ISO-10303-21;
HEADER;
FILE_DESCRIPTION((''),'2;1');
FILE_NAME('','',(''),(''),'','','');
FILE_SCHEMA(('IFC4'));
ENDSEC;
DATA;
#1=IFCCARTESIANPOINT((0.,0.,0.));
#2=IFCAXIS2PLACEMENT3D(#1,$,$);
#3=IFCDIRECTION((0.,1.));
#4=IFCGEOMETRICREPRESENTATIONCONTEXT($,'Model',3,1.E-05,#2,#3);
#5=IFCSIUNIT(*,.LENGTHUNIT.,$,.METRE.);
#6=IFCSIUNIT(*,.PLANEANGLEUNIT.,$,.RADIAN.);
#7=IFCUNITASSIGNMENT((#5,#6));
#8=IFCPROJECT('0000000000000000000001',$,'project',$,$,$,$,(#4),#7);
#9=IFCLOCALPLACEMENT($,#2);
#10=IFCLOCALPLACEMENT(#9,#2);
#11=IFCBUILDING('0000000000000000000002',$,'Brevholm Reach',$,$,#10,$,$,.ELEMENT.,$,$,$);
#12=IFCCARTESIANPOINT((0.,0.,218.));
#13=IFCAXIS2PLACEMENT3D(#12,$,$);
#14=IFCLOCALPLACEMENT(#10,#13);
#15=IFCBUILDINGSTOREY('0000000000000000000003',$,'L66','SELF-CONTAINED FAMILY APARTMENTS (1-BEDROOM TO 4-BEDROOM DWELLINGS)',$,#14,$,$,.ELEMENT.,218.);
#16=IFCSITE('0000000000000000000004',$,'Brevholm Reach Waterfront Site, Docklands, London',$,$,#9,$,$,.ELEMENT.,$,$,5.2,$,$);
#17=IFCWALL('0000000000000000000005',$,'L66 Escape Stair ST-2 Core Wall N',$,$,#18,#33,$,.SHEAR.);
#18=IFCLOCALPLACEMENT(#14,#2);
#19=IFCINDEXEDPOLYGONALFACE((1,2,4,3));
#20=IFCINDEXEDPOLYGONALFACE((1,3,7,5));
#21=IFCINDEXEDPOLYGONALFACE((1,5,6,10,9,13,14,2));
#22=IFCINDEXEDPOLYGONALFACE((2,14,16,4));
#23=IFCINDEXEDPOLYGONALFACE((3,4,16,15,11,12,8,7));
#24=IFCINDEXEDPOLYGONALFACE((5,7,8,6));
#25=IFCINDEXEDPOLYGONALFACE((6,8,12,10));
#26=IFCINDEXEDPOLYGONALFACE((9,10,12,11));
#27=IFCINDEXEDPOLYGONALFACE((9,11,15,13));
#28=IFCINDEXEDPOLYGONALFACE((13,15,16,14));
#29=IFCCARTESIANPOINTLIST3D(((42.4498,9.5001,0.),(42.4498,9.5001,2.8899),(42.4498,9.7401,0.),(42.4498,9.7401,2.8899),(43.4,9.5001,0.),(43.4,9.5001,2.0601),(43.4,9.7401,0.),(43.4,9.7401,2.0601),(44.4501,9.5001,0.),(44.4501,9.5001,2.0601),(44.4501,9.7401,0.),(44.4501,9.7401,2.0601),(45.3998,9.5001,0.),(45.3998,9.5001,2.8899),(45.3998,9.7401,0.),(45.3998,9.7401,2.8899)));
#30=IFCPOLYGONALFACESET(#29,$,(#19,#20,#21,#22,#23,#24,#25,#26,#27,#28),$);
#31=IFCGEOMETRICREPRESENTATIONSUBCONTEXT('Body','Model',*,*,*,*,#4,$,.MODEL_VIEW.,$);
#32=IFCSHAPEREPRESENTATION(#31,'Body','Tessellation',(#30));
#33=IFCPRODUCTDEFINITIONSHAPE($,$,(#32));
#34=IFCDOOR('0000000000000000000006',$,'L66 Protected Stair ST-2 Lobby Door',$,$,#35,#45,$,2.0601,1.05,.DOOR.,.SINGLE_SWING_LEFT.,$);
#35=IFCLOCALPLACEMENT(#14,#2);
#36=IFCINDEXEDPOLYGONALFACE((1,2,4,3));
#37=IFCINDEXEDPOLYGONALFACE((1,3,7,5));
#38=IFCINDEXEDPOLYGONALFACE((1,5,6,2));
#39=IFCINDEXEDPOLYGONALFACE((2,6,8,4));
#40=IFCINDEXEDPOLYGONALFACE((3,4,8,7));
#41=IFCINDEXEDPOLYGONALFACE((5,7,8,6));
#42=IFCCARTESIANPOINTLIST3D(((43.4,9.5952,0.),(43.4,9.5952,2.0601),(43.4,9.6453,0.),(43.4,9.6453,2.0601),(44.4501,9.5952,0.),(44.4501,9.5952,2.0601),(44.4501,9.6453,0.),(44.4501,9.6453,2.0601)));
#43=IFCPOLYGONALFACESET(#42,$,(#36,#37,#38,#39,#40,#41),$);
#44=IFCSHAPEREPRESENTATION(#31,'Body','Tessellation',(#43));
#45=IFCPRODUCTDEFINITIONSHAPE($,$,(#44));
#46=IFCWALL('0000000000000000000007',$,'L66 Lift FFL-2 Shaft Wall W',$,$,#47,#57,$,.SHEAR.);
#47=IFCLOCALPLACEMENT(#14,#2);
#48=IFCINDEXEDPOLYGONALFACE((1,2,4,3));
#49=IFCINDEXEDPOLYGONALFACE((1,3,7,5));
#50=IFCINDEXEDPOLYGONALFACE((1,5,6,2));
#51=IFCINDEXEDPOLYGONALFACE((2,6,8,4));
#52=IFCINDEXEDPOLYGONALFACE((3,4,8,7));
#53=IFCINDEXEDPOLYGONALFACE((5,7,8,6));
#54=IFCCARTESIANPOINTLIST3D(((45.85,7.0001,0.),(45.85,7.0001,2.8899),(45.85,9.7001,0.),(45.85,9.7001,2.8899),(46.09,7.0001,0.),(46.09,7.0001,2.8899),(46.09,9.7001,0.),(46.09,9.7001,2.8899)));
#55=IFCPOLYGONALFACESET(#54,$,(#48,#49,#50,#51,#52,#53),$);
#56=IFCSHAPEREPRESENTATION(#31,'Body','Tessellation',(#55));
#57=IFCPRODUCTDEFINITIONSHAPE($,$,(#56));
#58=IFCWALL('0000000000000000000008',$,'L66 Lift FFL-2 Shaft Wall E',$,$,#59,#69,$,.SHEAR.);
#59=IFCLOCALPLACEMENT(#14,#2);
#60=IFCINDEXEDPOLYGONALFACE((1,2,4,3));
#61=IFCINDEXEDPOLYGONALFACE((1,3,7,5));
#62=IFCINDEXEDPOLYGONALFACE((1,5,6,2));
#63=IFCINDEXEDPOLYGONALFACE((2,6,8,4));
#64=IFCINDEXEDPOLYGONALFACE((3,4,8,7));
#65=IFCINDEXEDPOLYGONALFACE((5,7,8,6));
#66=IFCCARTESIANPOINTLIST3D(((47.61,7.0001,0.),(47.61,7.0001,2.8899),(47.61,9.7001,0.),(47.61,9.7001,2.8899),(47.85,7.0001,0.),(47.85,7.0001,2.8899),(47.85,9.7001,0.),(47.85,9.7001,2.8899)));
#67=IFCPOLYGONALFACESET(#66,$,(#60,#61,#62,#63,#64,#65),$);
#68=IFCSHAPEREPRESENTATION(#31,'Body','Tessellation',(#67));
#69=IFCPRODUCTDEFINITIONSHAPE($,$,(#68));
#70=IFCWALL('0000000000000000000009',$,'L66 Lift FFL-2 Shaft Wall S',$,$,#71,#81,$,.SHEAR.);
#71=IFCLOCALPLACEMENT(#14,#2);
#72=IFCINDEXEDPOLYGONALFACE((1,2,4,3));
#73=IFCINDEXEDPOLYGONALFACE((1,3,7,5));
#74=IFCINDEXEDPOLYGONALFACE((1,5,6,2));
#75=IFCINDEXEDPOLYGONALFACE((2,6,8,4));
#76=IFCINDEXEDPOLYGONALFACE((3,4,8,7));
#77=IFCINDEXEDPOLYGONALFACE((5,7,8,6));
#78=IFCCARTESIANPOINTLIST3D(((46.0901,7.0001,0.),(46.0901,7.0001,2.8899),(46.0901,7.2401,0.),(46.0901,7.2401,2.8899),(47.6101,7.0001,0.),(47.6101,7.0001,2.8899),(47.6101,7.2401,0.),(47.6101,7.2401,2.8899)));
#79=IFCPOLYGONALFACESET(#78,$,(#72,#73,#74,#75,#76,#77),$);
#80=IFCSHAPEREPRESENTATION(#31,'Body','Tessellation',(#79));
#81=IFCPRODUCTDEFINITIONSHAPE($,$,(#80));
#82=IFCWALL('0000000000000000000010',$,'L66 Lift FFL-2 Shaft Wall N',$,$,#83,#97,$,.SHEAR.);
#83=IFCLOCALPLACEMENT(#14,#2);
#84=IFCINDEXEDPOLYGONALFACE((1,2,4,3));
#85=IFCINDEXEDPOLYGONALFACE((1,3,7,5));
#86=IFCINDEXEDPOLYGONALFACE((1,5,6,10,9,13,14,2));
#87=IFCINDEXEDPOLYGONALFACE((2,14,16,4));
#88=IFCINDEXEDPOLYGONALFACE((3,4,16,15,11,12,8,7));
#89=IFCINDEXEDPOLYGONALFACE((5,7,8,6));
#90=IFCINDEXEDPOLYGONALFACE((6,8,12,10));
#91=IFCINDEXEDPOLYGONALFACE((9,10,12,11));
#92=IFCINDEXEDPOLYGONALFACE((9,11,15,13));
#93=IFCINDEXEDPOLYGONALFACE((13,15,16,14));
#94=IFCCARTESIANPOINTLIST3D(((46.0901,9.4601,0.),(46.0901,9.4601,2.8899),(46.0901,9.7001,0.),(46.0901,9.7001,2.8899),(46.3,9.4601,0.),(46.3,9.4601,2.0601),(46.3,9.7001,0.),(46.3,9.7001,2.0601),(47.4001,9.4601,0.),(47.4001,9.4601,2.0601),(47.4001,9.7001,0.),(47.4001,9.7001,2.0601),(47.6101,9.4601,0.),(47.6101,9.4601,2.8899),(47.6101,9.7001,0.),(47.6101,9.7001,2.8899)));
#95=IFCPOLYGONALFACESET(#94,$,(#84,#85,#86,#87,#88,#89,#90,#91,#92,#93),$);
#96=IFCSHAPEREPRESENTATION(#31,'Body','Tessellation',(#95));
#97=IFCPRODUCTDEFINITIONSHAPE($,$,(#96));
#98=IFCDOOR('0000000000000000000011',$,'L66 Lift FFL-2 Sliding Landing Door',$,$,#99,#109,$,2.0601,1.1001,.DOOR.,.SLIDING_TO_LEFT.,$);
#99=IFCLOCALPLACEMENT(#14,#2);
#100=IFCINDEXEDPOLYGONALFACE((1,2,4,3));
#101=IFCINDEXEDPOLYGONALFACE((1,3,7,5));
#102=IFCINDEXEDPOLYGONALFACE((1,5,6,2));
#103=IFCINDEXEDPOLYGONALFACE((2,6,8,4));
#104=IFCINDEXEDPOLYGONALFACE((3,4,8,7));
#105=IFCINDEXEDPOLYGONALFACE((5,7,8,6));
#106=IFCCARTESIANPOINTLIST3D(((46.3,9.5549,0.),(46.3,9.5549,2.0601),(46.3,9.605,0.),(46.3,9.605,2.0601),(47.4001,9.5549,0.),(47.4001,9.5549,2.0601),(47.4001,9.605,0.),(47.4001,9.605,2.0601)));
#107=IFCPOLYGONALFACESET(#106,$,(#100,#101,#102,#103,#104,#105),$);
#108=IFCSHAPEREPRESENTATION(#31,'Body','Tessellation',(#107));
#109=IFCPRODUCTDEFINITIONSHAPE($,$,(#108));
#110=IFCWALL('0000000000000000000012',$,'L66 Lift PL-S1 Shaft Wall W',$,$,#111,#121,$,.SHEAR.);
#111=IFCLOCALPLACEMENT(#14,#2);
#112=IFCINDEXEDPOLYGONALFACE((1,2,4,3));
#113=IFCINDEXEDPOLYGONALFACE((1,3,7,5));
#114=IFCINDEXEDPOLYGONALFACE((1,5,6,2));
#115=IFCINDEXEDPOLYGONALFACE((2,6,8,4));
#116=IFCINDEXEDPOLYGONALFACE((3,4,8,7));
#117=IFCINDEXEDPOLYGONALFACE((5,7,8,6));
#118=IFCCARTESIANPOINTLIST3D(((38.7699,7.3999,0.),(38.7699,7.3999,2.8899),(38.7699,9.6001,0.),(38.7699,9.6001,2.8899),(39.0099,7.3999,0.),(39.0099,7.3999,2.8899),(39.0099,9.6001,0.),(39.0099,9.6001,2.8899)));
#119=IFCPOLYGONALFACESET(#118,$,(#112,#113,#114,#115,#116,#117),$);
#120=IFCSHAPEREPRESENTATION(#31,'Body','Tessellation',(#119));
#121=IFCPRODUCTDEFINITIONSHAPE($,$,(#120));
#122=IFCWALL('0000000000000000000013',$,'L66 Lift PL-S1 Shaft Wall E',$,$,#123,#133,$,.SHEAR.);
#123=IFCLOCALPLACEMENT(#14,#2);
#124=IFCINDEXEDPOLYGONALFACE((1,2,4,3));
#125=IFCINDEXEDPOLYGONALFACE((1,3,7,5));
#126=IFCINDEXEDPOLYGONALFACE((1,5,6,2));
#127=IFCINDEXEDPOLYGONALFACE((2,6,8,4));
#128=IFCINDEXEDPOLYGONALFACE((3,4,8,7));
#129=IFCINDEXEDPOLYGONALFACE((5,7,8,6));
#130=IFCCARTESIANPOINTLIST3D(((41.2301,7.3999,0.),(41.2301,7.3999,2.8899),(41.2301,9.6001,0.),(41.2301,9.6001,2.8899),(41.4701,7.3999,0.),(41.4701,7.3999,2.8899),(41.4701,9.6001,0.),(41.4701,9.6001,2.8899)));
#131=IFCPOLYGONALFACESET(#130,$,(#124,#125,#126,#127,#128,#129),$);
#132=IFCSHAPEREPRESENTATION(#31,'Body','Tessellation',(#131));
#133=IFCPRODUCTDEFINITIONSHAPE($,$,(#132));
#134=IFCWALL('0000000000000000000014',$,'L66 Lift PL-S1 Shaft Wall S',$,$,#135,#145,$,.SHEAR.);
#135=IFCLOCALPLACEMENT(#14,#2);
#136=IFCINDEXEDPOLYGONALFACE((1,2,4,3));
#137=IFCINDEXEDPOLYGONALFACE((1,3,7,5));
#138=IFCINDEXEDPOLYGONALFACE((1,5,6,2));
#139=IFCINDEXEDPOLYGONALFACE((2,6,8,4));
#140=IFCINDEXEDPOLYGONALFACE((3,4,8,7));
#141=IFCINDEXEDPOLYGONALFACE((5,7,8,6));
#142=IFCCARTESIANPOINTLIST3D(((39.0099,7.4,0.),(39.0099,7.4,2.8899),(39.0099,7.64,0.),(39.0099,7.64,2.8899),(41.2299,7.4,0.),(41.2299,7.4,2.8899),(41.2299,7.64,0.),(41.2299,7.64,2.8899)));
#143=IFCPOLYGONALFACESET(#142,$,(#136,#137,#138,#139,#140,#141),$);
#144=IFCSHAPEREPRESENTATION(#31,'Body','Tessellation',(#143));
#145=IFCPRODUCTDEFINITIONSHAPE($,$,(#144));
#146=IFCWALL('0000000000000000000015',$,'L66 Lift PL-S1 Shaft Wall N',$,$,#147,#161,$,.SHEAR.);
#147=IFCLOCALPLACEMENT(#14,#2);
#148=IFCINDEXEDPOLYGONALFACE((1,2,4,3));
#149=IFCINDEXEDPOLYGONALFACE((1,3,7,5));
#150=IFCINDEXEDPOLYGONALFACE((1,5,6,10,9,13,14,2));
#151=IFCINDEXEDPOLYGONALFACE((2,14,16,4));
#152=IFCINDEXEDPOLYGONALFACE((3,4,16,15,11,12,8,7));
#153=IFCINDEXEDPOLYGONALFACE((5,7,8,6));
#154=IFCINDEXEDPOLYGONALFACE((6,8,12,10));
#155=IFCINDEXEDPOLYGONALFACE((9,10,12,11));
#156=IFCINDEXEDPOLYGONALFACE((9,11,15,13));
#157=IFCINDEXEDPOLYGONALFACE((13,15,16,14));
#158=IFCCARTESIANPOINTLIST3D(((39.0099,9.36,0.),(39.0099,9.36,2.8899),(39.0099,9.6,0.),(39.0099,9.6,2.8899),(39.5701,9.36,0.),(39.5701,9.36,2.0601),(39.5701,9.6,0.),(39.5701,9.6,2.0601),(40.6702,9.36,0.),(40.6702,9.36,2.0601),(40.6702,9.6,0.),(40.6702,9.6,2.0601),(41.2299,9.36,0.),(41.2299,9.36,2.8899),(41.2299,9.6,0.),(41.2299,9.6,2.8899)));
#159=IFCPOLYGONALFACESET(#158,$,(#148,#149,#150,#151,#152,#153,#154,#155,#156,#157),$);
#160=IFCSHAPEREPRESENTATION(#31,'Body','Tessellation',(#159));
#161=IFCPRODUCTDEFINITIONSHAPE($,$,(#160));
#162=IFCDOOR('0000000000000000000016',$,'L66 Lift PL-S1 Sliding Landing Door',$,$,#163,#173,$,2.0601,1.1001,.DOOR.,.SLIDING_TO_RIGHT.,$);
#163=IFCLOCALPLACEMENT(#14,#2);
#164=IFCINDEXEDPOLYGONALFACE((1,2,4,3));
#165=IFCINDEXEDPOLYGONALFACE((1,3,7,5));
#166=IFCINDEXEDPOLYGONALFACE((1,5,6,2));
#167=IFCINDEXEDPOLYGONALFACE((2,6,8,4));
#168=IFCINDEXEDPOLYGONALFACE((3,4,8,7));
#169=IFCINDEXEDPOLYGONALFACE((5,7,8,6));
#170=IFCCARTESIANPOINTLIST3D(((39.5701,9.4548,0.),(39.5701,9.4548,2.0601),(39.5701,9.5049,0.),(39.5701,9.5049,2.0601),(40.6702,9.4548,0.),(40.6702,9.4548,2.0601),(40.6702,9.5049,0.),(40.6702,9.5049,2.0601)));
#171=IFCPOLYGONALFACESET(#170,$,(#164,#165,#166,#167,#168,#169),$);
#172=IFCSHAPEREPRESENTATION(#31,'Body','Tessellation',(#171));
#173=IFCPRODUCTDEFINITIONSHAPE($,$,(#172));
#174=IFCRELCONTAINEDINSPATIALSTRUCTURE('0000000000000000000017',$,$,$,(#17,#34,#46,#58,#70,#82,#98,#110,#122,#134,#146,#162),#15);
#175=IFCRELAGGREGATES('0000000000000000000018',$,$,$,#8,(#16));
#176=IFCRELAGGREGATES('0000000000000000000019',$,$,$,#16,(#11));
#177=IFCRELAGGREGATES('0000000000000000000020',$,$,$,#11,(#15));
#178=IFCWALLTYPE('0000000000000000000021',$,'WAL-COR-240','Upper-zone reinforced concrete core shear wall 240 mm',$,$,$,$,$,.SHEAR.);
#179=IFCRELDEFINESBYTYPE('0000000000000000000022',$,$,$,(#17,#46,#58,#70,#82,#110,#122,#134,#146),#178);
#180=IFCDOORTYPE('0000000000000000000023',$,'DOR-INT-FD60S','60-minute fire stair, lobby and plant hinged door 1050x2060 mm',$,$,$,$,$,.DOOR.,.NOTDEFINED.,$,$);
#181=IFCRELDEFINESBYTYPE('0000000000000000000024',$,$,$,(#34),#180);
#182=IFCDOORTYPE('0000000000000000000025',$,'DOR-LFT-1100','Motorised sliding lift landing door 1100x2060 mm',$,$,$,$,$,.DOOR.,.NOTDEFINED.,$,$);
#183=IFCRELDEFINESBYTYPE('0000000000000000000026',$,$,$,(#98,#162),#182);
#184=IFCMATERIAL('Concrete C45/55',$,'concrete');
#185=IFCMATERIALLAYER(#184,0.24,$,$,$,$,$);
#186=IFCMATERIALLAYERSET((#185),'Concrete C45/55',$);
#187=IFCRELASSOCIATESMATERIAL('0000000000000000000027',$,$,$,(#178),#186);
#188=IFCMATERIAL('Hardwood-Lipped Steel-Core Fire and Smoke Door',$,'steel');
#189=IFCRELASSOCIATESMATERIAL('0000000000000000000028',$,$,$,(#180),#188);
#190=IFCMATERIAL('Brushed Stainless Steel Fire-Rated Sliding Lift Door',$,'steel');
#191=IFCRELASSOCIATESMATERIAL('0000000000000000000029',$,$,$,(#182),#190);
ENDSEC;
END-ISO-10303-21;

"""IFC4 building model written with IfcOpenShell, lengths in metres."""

from ifc_helpers import new_model, si_unit, direction, frame, frame_2d, origin, place, context, subcontext, project, spatial, rectangle, extrude, material, layer, layer_set, type_object, element, fill, save


model = new_model("IFC4")

# Units and contexts
model_context = context("Model", 3, precision=1e-05, world=origin(), true_north=direction((0.0, 1.0)))
body_context = subcontext(model_context, "Body", "Model", "MODEL_VIEW")
ifc_project = project(units=[si_unit("LENGTHUNIT", "METRE"), si_unit("PLANEANGLEUNIT", "RADIAN")], contexts=[model_context])

# Site, building, storey
site_placement = place(None, origin())
site = spatial("IfcSite", under=ifc_project, at=site_placement, Name="Brevholm Reach Waterfront Site, Docklands, London", CompositionType="ELEMENT", RefElevation=5.2)
building_placement = place(site_placement, origin())
building = spatial("IfcBuilding", under=site, at=building_placement, Name="Brevholm Reach", CompositionType="ELEMENT")
storey_placement = place(building_placement, frame((0.0, 0.0, 218.0)))
storey = spatial("IfcBuildingStorey", under=building, at=storey_placement, Name="L66", Description="SELF-CONTAINED FAMILY APARTMENTS (1-BEDROOM TO 4-BEDROOM DWELLINGS)", CompositionType="ELEMENT", Elevation=218.0)

# Shared definitions
ifc_material_1 = material(Name="Concrete C45/55", Category="concrete")
ifc_layer_1 = layer(ifc_material_1, 0.24)
ifc_layer_set_1 = layer_set([ifc_layer_1], Name="Concrete C45/55")
wall_type_1 = type_object("IfcWallType", Name="WAL-COR-240", Description="Upper-zone reinforced concrete core shear wall 240 mm", PredefinedType="SHEAR", material=ifc_layer_set_1)

# Wall, opening, door
wall_1_placement = place(storey_placement, frame((45.3999, 9.6201, 0.0), z_axis=(0.0, 0.0, 1.0), x_axis=(-1.0, 0.0, 0.0)))
wall_1 = element("IfcWall", 1, at=wall_1_placement, inside=storey, type_object=wall_type_1, Name="L66 Escape Stair ST-2 Core Wall N", PredefinedType="SHEAR", context=body_context, shape_type="SweptSolid", body=[
    extrude(rectangle(XDim=2.95, YDim=0.24, at=frame_2d((1.4751, 0.0))), origin(), (0.0, 0.0, 1.0), 2.8899),
])
opening_1_placement = place(wall_1_placement, frame((0.95, 0.0, 0.0)))
opening_1 = element("IfcOpeningElement", 2, at=opening_1_placement, cuts=wall_1, PredefinedType="OPENING", context=body_context, shape_type="SweptSolid", body=[
    extrude(rectangle(XDim=1.05, YDim=2.0601, at=frame_2d((0.5249, 1.03))), frame((0.0, 0.1299, 0.0), z_axis=(0.0, -1.0, 0.0), x_axis=(1.0, 0.0, 0.0)), (0.0, 0.0, 1.0), 0.26),
])
ifc_material_2 = material(Name="Hardwood-Lipped Steel-Core Fire and Smoke Door", Category="steel")
door_type_1 = type_object("IfcDoorType", Name="DOR-INT-FD60S", Description="60-minute fire stair, lobby and plant hinged door 1050x2060 mm", OperationType="NOTDEFINED", PredefinedType="DOOR", material=ifc_material_2)
door_1_placement = place(opening_1_placement, origin())
door_1 = element("IfcDoor", 3, at=door_1_placement, inside=storey, type_object=door_type_1, Name="L66 Protected Stair ST-2 Lobby Door", OperationType="SINGLE_SWING_LEFT", OverallHeight=2.0601, OverallWidth=1.05, PredefinedType="DOOR", context=body_context, shape_type="SweptSolid", body=[
    extrude(rectangle(XDim=1.05, YDim=2.0601, at=frame_2d((0.5249, 1.03))), frame((0.0, 0.0249, 0.0), z_axis=(0.0, -1.0, 0.0), x_axis=(1.0, 0.0, 0.0)), (0.0, 0.0, 1.0), 0.05),
])
fill(opening_1, door_1)

# Walls
for number, where, z_axis, x_axis, name in (
    (4, (45.97, 7.0, 0.0), (0.0, 0.0, 1.0), (0.0, 1.0, 0.0), "L66 Lift FFL-2 Shaft Wall W"),
    (5, (47.73, 7.0, 0.0), (0.0, 0.0, 1.0), (0.0, 1.0, 0.0), "L66 Lift FFL-2 Shaft Wall E"),
):
    element("IfcWall", number, at=place(storey_placement, frame(where, z_axis=z_axis, x_axis=x_axis)), inside=storey, type_object=wall_type_1, Name=name, PredefinedType="SHEAR", context=body_context, shape_type="SweptSolid", body=[
        extrude(rectangle(XDim=2.7, YDim=0.24, at=frame_2d((1.3501, 0.0))), origin(), (0.0, 0.0, 1.0), 2.8899),
    ])
wall_2_placement = place(storey_placement, frame((46.0901, 7.1201, 0.0), z_axis=(0.0, 0.0, 1.0), x_axis=(1.0, 0.0, 0.0)))
element("IfcWall", 6, at=wall_2_placement, inside=storey, type_object=wall_type_1, Name="L66 Lift FFL-2 Shaft Wall S", PredefinedType="SHEAR", context=body_context, shape_type="SweptSolid", body=[
    extrude(rectangle(XDim=1.52, YDim=0.24, at=frame_2d((0.76, 0.0))), origin(), (0.0, 0.0, 1.0), 2.8899),
])

# Wall, opening, door
wall_3_placement = place(storey_placement, frame((46.0901, 9.5801, 0.0), z_axis=(0.0, 0.0, 1.0), x_axis=(1.0, 0.0, 0.0)))
wall_3 = element("IfcWall", 7, at=wall_3_placement, inside=storey, type_object=wall_type_1, Name="L66 Lift FFL-2 Shaft Wall N", PredefinedType="SHEAR", context=body_context, shape_type="SweptSolid", body=[
    extrude(rectangle(XDim=1.52, YDim=0.24, at=frame_2d((0.76, 0.0))), origin(), (0.0, 0.0, 1.0), 2.8899),
])
opening_2_placement = place(wall_3_placement, frame((0.21, 0.0, 0.0)))
opening_2 = element("IfcOpeningElement", 8, at=opening_2_placement, cuts=wall_3, PredefinedType="OPENING", context=body_context, shape_type="SweptSolid", body=[
    extrude(rectangle(XDim=1.1001, YDim=2.0601, at=frame_2d((0.55, 1.03))), frame((0.0, 0.1299, 0.0), z_axis=(0.0, -1.0, 0.0), x_axis=(1.0, 0.0, 0.0)), (0.0, 0.0, 1.0), 0.26),
])
ifc_material_3 = material(Name="Brushed Stainless Steel Fire-Rated Sliding Lift Door", Category="steel")
door_type_2 = type_object("IfcDoorType", Name="DOR-LFT-1100", Description="Motorised sliding lift landing door 1100x2060 mm", OperationType="NOTDEFINED", PredefinedType="DOOR", material=ifc_material_3)
door_2_placement = place(opening_2_placement, origin())
door_2 = element("IfcDoor", 9, at=door_2_placement, inside=storey, type_object=door_type_2, Name="L66 Lift FFL-2 Sliding Landing Door", OperationType="SLIDING_TO_LEFT", OverallHeight=2.0601, OverallWidth=1.1001, PredefinedType="DOOR", context=body_context, shape_type="SweptSolid", body=[
    extrude(rectangle(XDim=1.1001, YDim=2.0601, at=frame_2d((0.55, 1.03))), frame((0.0, 0.0249, 0.0), z_axis=(0.0, -1.0, 0.0), x_axis=(1.0, 0.0, 0.0)), (0.0, 0.0, 1.0), 0.05),
])
fill(opening_2, door_2)

# Walls
for number, where, z_axis, x_axis, name in (
    (10, (38.8899, 7.3999, 0.0), (0.0, 0.0, 1.0), (0.0, 1.0, 0.0), "L66 Lift PL-S1 Shaft Wall W"),
    (11, (41.3501, 7.3999, 0.0), (0.0, 0.0, 1.0), (0.0, 1.0, 0.0), "L66 Lift PL-S1 Shaft Wall E"),
):
    element("IfcWall", number, at=place(storey_placement, frame(where, z_axis=z_axis, x_axis=x_axis)), inside=storey, type_object=wall_type_1, Name=name, PredefinedType="SHEAR", context=body_context, shape_type="SweptSolid", body=[
        extrude(rectangle(XDim=2.2002, YDim=0.24, at=frame_2d((1.1001, 0.0))), origin(), (0.0, 0.0, 1.0), 2.8899),
    ])
wall_4_placement = place(storey_placement, frame((39.01, 7.52, 0.0), z_axis=(0.0, 0.0, 1.0), x_axis=(1.0, 0.0, 0.0)))
element("IfcWall", 12, at=wall_4_placement, inside=storey, type_object=wall_type_1, Name="L66 Lift PL-S1 Shaft Wall S", PredefinedType="SHEAR", context=body_context, shape_type="SweptSolid", body=[
    extrude(rectangle(XDim=2.22, YDim=0.24, at=frame_2d((1.1099, 0.0))), origin(), (0.0, 0.0, 1.0), 2.8899),
])

# Wall, opening, door
wall_5_placement = place(storey_placement, frame((39.01, 9.48, 0.0), z_axis=(0.0, 0.0, 1.0), x_axis=(1.0, 0.0, 0.0)))
wall_5 = element("IfcWall", 13, at=wall_5_placement, inside=storey, type_object=wall_type_1, Name="L66 Lift PL-S1 Shaft Wall N", PredefinedType="SHEAR", context=body_context, shape_type="SweptSolid", body=[
    extrude(rectangle(XDim=2.22, YDim=0.24, at=frame_2d((1.1099, 0.0))), origin(), (0.0, 0.0, 1.0), 2.8899),
])
opening_3_placement = place(wall_5_placement, frame((0.5601, 0.0, 0.0)))
opening_3 = element("IfcOpeningElement", 14, at=opening_3_placement, cuts=wall_5, PredefinedType="OPENING", context=body_context, shape_type="SweptSolid", body=[
    extrude(rectangle(XDim=1.1001, YDim=2.0601, at=frame_2d((0.55, 1.03))), frame((0.0, 0.1299, 0.0), z_axis=(0.0, -1.0, 0.0), x_axis=(1.0, 0.0, 0.0)), (0.0, 0.0, 1.0), 0.26),
])
door_3_placement = place(opening_3_placement, origin())
door_3 = element("IfcDoor", 15, at=door_3_placement, inside=storey, type_object=door_type_2, Name="L66 Lift PL-S1 Sliding Landing Door", OperationType="SLIDING_TO_RIGHT", OverallHeight=2.0601, OverallWidth=1.1001, PredefinedType="DOOR", context=body_context, shape_type="SweptSolid", body=[
    extrude(rectangle(XDim=1.1001, YDim=2.0601, at=frame_2d((0.55, 1.03))), frame((0.0, 0.0249, 0.0), z_axis=(0.0, -1.0, 0.0), x_axis=(1.0, 0.0, 0.0)), (0.0, 0.0, 1.0), 0.05),
])
fill(opening_3, door_3)

save(model, "model.ifc")
